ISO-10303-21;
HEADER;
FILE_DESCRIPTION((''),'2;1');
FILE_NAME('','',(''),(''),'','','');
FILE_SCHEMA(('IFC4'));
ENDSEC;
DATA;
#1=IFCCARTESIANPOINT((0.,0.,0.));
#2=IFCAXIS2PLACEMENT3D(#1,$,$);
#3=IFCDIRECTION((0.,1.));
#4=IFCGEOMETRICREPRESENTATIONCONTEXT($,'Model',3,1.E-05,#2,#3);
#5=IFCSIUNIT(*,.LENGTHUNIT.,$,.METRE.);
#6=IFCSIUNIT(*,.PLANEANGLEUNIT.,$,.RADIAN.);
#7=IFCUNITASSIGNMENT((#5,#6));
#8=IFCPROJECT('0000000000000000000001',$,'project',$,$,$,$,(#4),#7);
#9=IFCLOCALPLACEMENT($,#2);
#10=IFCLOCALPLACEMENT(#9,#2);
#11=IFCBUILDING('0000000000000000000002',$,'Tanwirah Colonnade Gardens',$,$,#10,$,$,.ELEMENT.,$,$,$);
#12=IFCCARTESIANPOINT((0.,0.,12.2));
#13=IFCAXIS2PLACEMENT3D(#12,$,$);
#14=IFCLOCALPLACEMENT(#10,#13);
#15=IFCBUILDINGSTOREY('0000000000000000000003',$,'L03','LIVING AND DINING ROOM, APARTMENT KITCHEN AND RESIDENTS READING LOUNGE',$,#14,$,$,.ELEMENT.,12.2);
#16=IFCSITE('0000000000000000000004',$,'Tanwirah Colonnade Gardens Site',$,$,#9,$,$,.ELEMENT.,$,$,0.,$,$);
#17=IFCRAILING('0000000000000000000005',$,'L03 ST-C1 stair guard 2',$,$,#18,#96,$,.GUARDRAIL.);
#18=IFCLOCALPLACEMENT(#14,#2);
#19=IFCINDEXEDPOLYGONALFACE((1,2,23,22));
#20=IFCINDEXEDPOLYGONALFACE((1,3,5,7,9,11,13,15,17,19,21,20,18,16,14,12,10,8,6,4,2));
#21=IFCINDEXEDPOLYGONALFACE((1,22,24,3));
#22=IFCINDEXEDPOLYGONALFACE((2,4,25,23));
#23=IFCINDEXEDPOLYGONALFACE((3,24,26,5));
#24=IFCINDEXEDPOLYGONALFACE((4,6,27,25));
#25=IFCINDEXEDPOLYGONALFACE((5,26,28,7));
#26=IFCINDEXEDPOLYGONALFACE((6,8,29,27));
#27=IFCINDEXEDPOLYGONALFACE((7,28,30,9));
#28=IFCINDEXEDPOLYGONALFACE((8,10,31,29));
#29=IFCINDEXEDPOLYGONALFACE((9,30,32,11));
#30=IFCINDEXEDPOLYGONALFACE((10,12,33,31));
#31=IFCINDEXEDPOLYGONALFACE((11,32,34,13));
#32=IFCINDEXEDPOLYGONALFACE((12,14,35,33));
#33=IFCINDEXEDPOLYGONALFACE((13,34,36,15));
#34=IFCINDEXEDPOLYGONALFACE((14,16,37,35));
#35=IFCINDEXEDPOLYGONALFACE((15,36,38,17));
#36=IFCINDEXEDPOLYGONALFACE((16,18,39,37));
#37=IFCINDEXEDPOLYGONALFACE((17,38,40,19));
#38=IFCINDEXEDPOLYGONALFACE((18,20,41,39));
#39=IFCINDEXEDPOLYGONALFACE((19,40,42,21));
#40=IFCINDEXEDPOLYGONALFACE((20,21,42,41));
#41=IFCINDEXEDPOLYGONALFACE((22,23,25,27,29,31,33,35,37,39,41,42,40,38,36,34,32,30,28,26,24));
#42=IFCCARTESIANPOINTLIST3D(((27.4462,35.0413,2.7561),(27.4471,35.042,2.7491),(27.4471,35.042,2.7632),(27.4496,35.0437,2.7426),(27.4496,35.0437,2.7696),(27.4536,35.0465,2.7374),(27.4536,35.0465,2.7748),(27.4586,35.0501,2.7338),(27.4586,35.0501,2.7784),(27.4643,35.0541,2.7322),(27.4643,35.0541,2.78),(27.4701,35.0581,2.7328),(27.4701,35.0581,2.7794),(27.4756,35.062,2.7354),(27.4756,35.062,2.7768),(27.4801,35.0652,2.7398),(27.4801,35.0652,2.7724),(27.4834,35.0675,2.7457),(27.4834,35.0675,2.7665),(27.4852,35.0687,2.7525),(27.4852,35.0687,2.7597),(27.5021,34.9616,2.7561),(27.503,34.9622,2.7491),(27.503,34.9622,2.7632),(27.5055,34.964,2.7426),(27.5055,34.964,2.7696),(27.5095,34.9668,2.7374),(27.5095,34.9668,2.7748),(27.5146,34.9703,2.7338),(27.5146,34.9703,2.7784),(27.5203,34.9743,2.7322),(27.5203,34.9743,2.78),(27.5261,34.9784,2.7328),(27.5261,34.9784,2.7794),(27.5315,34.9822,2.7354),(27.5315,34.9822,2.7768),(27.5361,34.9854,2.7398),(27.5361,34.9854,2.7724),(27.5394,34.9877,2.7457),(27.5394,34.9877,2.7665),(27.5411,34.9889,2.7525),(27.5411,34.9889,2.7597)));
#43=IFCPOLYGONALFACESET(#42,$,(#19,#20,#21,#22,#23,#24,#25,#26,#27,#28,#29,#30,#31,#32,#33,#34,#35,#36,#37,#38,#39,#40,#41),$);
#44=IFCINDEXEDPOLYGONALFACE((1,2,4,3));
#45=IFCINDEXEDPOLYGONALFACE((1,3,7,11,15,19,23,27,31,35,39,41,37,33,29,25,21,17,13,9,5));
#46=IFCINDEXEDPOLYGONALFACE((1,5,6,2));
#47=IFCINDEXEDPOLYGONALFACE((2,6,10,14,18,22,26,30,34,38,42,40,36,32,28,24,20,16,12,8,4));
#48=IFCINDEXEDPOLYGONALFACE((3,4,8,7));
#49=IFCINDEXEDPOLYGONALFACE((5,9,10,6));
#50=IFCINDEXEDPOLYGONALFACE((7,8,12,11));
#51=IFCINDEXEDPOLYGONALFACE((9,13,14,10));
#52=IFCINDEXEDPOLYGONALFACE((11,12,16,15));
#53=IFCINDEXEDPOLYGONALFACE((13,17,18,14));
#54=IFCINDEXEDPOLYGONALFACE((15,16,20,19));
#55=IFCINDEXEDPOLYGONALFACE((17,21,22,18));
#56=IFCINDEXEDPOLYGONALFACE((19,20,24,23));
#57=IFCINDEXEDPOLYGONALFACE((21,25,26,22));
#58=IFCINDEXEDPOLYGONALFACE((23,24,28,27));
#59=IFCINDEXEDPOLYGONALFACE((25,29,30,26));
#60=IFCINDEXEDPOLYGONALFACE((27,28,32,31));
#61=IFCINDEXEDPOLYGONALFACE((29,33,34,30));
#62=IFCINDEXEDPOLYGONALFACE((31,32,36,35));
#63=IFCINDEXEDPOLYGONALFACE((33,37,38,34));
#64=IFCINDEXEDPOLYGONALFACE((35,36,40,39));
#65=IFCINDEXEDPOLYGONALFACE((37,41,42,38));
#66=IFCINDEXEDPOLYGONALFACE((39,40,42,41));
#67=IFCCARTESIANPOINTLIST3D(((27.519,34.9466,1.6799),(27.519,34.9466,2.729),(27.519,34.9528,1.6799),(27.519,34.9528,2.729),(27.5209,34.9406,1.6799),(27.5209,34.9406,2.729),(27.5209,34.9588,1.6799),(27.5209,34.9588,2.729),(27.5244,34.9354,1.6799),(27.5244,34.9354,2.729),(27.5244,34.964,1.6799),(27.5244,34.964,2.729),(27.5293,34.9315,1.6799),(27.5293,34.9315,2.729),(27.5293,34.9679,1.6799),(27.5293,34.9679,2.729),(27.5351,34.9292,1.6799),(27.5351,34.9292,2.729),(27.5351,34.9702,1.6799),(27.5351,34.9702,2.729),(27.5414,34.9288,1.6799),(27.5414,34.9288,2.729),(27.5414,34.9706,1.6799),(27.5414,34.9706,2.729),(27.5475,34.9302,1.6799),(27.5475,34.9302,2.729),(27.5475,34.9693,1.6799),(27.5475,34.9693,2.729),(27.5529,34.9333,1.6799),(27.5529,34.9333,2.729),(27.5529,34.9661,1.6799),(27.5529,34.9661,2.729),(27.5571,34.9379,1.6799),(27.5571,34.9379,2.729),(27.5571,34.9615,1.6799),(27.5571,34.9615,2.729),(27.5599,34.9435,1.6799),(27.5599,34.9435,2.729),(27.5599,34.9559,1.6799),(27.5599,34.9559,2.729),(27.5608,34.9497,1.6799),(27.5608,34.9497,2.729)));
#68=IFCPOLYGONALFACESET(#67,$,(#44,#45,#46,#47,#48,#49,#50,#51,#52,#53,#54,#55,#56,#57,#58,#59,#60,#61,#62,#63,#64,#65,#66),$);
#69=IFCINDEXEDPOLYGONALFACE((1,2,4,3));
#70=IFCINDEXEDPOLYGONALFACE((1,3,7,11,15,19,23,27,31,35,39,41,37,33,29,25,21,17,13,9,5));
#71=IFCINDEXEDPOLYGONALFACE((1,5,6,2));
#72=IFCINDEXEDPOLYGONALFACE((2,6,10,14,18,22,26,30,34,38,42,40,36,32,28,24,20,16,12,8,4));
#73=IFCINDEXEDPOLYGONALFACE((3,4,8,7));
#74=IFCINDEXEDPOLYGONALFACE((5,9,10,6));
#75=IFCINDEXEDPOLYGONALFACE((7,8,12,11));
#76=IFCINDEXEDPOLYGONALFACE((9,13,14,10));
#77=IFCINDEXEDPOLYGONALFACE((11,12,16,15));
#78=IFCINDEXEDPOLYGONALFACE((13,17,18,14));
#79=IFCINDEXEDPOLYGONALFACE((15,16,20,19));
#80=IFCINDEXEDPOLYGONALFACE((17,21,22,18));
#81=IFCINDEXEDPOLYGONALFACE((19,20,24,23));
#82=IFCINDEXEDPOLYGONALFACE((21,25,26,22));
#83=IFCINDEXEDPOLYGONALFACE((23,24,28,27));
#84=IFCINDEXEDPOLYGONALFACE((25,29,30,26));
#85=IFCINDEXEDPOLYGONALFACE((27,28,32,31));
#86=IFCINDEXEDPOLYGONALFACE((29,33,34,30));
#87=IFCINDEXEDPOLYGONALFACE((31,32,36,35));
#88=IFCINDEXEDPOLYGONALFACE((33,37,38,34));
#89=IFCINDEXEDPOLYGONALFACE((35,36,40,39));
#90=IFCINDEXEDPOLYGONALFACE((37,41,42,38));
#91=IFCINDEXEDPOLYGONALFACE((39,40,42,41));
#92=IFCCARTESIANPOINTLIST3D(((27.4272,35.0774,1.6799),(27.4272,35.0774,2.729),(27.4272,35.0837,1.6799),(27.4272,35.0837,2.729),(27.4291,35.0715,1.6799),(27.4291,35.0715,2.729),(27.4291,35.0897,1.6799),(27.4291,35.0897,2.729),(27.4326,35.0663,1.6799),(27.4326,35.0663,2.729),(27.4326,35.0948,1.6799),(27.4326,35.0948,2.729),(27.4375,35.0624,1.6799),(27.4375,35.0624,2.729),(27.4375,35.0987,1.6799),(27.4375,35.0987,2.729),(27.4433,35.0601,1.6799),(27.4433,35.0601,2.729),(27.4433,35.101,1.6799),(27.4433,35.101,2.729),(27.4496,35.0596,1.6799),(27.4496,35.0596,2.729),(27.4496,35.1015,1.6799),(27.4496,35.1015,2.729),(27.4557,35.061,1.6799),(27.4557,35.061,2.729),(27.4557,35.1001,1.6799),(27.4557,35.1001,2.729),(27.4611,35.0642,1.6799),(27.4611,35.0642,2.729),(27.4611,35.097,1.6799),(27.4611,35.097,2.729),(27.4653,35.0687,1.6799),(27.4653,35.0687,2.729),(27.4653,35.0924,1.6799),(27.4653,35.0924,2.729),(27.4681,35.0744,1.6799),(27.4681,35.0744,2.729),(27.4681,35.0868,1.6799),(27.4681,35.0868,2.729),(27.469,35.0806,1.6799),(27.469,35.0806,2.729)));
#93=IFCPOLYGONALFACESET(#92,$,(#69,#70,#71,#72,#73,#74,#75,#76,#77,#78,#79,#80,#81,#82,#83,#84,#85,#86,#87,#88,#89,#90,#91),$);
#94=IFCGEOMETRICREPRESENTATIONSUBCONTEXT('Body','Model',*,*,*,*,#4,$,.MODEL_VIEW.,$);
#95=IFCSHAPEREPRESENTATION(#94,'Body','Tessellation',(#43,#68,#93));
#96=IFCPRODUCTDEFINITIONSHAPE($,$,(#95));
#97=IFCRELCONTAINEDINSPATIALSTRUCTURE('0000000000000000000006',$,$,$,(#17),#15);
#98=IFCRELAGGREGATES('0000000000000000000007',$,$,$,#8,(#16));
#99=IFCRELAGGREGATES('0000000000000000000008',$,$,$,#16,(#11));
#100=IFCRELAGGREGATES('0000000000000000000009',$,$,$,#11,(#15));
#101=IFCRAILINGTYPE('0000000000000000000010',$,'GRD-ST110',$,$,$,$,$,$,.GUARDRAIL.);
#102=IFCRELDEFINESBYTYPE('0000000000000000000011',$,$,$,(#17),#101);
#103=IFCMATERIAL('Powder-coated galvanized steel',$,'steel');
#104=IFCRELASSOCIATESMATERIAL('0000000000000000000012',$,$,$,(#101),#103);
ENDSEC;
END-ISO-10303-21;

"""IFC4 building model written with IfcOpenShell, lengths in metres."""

from ifc_helpers import new_model, si_unit, direction, frame, origin, origin_2d, place, context, subcontext, project, spatial, circle, extrude, material, type_object, element, save


model = new_model("IFC4")

# Units and contexts
model_context = context("Model", 3, precision=1e-05, world=origin(), true_north=direction((0.0, 1.0)))
body_context = subcontext(model_context, "Body", "Model", "MODEL_VIEW")
ifc_project = project(units=[si_unit("LENGTHUNIT", "METRE"), si_unit("PLANEANGLEUNIT", "RADIAN")], contexts=[model_context])

# Site, building, storey
site_placement = place(None, origin())
site = spatial("IfcSite", under=ifc_project, at=site_placement, Name="Tanwirah Colonnade Gardens Site", CompositionType="ELEMENT", RefElevation=0.0)
building_placement = place(site_placement, origin())
building = spatial("IfcBuilding", under=site, at=building_placement, Name="Tanwirah Colonnade Gardens", CompositionType="ELEMENT")
storey_placement = place(building_placement, frame((0.0, 0.0, 12.2)))
storey = spatial("IfcBuildingStorey", under=building, at=storey_placement, Name="L03", Description="LIVING AND DINING ROOM, APARTMENT KITCHEN AND RESIDENTS READING LOUNGE", CompositionType="ELEMENT", Elevation=12.2)

# Railing
ifc_material_1 = material(Name="Powder-coated galvanized steel", Category="steel")
railing_type_1 = type_object("IfcRailingType", Name="GRD-ST110", PredefinedType="GUARDRAIL", material=ifc_material_1)
railing_1_placement = place(storey_placement, frame((27.5398, 34.9497, 1.6799)))
element("IfcRailing", 1, at=railing_1_placement, inside=storey, type_object=railing_type_1, Name="L03 ST-C1 stair guard 2", PredefinedType="GUARDRAIL", context=body_context, shape_type="SweptSolid", body=[
    extrude(circle(Radius=0.0239, at=origin_2d()), frame((-0.0181, 0.0256, 1.0762), z_axis=(-0.574282, 0.818657, 0.0), x_axis=(-0.818657, -0.574282, 0.0)), (0.0, 0.0, 1.0), 0.0974),
    extrude(circle(Radius=0.021, at=origin_2d()), origin(), (0.0, 0.0, 1.0), 1.0491),
    extrude(circle(Radius=0.021, at=origin_2d()), frame((-0.0918, 0.1309, 0.0)), (0.0, 0.0, 1.0), 1.0491),
])

save(model, "model.ifc")
